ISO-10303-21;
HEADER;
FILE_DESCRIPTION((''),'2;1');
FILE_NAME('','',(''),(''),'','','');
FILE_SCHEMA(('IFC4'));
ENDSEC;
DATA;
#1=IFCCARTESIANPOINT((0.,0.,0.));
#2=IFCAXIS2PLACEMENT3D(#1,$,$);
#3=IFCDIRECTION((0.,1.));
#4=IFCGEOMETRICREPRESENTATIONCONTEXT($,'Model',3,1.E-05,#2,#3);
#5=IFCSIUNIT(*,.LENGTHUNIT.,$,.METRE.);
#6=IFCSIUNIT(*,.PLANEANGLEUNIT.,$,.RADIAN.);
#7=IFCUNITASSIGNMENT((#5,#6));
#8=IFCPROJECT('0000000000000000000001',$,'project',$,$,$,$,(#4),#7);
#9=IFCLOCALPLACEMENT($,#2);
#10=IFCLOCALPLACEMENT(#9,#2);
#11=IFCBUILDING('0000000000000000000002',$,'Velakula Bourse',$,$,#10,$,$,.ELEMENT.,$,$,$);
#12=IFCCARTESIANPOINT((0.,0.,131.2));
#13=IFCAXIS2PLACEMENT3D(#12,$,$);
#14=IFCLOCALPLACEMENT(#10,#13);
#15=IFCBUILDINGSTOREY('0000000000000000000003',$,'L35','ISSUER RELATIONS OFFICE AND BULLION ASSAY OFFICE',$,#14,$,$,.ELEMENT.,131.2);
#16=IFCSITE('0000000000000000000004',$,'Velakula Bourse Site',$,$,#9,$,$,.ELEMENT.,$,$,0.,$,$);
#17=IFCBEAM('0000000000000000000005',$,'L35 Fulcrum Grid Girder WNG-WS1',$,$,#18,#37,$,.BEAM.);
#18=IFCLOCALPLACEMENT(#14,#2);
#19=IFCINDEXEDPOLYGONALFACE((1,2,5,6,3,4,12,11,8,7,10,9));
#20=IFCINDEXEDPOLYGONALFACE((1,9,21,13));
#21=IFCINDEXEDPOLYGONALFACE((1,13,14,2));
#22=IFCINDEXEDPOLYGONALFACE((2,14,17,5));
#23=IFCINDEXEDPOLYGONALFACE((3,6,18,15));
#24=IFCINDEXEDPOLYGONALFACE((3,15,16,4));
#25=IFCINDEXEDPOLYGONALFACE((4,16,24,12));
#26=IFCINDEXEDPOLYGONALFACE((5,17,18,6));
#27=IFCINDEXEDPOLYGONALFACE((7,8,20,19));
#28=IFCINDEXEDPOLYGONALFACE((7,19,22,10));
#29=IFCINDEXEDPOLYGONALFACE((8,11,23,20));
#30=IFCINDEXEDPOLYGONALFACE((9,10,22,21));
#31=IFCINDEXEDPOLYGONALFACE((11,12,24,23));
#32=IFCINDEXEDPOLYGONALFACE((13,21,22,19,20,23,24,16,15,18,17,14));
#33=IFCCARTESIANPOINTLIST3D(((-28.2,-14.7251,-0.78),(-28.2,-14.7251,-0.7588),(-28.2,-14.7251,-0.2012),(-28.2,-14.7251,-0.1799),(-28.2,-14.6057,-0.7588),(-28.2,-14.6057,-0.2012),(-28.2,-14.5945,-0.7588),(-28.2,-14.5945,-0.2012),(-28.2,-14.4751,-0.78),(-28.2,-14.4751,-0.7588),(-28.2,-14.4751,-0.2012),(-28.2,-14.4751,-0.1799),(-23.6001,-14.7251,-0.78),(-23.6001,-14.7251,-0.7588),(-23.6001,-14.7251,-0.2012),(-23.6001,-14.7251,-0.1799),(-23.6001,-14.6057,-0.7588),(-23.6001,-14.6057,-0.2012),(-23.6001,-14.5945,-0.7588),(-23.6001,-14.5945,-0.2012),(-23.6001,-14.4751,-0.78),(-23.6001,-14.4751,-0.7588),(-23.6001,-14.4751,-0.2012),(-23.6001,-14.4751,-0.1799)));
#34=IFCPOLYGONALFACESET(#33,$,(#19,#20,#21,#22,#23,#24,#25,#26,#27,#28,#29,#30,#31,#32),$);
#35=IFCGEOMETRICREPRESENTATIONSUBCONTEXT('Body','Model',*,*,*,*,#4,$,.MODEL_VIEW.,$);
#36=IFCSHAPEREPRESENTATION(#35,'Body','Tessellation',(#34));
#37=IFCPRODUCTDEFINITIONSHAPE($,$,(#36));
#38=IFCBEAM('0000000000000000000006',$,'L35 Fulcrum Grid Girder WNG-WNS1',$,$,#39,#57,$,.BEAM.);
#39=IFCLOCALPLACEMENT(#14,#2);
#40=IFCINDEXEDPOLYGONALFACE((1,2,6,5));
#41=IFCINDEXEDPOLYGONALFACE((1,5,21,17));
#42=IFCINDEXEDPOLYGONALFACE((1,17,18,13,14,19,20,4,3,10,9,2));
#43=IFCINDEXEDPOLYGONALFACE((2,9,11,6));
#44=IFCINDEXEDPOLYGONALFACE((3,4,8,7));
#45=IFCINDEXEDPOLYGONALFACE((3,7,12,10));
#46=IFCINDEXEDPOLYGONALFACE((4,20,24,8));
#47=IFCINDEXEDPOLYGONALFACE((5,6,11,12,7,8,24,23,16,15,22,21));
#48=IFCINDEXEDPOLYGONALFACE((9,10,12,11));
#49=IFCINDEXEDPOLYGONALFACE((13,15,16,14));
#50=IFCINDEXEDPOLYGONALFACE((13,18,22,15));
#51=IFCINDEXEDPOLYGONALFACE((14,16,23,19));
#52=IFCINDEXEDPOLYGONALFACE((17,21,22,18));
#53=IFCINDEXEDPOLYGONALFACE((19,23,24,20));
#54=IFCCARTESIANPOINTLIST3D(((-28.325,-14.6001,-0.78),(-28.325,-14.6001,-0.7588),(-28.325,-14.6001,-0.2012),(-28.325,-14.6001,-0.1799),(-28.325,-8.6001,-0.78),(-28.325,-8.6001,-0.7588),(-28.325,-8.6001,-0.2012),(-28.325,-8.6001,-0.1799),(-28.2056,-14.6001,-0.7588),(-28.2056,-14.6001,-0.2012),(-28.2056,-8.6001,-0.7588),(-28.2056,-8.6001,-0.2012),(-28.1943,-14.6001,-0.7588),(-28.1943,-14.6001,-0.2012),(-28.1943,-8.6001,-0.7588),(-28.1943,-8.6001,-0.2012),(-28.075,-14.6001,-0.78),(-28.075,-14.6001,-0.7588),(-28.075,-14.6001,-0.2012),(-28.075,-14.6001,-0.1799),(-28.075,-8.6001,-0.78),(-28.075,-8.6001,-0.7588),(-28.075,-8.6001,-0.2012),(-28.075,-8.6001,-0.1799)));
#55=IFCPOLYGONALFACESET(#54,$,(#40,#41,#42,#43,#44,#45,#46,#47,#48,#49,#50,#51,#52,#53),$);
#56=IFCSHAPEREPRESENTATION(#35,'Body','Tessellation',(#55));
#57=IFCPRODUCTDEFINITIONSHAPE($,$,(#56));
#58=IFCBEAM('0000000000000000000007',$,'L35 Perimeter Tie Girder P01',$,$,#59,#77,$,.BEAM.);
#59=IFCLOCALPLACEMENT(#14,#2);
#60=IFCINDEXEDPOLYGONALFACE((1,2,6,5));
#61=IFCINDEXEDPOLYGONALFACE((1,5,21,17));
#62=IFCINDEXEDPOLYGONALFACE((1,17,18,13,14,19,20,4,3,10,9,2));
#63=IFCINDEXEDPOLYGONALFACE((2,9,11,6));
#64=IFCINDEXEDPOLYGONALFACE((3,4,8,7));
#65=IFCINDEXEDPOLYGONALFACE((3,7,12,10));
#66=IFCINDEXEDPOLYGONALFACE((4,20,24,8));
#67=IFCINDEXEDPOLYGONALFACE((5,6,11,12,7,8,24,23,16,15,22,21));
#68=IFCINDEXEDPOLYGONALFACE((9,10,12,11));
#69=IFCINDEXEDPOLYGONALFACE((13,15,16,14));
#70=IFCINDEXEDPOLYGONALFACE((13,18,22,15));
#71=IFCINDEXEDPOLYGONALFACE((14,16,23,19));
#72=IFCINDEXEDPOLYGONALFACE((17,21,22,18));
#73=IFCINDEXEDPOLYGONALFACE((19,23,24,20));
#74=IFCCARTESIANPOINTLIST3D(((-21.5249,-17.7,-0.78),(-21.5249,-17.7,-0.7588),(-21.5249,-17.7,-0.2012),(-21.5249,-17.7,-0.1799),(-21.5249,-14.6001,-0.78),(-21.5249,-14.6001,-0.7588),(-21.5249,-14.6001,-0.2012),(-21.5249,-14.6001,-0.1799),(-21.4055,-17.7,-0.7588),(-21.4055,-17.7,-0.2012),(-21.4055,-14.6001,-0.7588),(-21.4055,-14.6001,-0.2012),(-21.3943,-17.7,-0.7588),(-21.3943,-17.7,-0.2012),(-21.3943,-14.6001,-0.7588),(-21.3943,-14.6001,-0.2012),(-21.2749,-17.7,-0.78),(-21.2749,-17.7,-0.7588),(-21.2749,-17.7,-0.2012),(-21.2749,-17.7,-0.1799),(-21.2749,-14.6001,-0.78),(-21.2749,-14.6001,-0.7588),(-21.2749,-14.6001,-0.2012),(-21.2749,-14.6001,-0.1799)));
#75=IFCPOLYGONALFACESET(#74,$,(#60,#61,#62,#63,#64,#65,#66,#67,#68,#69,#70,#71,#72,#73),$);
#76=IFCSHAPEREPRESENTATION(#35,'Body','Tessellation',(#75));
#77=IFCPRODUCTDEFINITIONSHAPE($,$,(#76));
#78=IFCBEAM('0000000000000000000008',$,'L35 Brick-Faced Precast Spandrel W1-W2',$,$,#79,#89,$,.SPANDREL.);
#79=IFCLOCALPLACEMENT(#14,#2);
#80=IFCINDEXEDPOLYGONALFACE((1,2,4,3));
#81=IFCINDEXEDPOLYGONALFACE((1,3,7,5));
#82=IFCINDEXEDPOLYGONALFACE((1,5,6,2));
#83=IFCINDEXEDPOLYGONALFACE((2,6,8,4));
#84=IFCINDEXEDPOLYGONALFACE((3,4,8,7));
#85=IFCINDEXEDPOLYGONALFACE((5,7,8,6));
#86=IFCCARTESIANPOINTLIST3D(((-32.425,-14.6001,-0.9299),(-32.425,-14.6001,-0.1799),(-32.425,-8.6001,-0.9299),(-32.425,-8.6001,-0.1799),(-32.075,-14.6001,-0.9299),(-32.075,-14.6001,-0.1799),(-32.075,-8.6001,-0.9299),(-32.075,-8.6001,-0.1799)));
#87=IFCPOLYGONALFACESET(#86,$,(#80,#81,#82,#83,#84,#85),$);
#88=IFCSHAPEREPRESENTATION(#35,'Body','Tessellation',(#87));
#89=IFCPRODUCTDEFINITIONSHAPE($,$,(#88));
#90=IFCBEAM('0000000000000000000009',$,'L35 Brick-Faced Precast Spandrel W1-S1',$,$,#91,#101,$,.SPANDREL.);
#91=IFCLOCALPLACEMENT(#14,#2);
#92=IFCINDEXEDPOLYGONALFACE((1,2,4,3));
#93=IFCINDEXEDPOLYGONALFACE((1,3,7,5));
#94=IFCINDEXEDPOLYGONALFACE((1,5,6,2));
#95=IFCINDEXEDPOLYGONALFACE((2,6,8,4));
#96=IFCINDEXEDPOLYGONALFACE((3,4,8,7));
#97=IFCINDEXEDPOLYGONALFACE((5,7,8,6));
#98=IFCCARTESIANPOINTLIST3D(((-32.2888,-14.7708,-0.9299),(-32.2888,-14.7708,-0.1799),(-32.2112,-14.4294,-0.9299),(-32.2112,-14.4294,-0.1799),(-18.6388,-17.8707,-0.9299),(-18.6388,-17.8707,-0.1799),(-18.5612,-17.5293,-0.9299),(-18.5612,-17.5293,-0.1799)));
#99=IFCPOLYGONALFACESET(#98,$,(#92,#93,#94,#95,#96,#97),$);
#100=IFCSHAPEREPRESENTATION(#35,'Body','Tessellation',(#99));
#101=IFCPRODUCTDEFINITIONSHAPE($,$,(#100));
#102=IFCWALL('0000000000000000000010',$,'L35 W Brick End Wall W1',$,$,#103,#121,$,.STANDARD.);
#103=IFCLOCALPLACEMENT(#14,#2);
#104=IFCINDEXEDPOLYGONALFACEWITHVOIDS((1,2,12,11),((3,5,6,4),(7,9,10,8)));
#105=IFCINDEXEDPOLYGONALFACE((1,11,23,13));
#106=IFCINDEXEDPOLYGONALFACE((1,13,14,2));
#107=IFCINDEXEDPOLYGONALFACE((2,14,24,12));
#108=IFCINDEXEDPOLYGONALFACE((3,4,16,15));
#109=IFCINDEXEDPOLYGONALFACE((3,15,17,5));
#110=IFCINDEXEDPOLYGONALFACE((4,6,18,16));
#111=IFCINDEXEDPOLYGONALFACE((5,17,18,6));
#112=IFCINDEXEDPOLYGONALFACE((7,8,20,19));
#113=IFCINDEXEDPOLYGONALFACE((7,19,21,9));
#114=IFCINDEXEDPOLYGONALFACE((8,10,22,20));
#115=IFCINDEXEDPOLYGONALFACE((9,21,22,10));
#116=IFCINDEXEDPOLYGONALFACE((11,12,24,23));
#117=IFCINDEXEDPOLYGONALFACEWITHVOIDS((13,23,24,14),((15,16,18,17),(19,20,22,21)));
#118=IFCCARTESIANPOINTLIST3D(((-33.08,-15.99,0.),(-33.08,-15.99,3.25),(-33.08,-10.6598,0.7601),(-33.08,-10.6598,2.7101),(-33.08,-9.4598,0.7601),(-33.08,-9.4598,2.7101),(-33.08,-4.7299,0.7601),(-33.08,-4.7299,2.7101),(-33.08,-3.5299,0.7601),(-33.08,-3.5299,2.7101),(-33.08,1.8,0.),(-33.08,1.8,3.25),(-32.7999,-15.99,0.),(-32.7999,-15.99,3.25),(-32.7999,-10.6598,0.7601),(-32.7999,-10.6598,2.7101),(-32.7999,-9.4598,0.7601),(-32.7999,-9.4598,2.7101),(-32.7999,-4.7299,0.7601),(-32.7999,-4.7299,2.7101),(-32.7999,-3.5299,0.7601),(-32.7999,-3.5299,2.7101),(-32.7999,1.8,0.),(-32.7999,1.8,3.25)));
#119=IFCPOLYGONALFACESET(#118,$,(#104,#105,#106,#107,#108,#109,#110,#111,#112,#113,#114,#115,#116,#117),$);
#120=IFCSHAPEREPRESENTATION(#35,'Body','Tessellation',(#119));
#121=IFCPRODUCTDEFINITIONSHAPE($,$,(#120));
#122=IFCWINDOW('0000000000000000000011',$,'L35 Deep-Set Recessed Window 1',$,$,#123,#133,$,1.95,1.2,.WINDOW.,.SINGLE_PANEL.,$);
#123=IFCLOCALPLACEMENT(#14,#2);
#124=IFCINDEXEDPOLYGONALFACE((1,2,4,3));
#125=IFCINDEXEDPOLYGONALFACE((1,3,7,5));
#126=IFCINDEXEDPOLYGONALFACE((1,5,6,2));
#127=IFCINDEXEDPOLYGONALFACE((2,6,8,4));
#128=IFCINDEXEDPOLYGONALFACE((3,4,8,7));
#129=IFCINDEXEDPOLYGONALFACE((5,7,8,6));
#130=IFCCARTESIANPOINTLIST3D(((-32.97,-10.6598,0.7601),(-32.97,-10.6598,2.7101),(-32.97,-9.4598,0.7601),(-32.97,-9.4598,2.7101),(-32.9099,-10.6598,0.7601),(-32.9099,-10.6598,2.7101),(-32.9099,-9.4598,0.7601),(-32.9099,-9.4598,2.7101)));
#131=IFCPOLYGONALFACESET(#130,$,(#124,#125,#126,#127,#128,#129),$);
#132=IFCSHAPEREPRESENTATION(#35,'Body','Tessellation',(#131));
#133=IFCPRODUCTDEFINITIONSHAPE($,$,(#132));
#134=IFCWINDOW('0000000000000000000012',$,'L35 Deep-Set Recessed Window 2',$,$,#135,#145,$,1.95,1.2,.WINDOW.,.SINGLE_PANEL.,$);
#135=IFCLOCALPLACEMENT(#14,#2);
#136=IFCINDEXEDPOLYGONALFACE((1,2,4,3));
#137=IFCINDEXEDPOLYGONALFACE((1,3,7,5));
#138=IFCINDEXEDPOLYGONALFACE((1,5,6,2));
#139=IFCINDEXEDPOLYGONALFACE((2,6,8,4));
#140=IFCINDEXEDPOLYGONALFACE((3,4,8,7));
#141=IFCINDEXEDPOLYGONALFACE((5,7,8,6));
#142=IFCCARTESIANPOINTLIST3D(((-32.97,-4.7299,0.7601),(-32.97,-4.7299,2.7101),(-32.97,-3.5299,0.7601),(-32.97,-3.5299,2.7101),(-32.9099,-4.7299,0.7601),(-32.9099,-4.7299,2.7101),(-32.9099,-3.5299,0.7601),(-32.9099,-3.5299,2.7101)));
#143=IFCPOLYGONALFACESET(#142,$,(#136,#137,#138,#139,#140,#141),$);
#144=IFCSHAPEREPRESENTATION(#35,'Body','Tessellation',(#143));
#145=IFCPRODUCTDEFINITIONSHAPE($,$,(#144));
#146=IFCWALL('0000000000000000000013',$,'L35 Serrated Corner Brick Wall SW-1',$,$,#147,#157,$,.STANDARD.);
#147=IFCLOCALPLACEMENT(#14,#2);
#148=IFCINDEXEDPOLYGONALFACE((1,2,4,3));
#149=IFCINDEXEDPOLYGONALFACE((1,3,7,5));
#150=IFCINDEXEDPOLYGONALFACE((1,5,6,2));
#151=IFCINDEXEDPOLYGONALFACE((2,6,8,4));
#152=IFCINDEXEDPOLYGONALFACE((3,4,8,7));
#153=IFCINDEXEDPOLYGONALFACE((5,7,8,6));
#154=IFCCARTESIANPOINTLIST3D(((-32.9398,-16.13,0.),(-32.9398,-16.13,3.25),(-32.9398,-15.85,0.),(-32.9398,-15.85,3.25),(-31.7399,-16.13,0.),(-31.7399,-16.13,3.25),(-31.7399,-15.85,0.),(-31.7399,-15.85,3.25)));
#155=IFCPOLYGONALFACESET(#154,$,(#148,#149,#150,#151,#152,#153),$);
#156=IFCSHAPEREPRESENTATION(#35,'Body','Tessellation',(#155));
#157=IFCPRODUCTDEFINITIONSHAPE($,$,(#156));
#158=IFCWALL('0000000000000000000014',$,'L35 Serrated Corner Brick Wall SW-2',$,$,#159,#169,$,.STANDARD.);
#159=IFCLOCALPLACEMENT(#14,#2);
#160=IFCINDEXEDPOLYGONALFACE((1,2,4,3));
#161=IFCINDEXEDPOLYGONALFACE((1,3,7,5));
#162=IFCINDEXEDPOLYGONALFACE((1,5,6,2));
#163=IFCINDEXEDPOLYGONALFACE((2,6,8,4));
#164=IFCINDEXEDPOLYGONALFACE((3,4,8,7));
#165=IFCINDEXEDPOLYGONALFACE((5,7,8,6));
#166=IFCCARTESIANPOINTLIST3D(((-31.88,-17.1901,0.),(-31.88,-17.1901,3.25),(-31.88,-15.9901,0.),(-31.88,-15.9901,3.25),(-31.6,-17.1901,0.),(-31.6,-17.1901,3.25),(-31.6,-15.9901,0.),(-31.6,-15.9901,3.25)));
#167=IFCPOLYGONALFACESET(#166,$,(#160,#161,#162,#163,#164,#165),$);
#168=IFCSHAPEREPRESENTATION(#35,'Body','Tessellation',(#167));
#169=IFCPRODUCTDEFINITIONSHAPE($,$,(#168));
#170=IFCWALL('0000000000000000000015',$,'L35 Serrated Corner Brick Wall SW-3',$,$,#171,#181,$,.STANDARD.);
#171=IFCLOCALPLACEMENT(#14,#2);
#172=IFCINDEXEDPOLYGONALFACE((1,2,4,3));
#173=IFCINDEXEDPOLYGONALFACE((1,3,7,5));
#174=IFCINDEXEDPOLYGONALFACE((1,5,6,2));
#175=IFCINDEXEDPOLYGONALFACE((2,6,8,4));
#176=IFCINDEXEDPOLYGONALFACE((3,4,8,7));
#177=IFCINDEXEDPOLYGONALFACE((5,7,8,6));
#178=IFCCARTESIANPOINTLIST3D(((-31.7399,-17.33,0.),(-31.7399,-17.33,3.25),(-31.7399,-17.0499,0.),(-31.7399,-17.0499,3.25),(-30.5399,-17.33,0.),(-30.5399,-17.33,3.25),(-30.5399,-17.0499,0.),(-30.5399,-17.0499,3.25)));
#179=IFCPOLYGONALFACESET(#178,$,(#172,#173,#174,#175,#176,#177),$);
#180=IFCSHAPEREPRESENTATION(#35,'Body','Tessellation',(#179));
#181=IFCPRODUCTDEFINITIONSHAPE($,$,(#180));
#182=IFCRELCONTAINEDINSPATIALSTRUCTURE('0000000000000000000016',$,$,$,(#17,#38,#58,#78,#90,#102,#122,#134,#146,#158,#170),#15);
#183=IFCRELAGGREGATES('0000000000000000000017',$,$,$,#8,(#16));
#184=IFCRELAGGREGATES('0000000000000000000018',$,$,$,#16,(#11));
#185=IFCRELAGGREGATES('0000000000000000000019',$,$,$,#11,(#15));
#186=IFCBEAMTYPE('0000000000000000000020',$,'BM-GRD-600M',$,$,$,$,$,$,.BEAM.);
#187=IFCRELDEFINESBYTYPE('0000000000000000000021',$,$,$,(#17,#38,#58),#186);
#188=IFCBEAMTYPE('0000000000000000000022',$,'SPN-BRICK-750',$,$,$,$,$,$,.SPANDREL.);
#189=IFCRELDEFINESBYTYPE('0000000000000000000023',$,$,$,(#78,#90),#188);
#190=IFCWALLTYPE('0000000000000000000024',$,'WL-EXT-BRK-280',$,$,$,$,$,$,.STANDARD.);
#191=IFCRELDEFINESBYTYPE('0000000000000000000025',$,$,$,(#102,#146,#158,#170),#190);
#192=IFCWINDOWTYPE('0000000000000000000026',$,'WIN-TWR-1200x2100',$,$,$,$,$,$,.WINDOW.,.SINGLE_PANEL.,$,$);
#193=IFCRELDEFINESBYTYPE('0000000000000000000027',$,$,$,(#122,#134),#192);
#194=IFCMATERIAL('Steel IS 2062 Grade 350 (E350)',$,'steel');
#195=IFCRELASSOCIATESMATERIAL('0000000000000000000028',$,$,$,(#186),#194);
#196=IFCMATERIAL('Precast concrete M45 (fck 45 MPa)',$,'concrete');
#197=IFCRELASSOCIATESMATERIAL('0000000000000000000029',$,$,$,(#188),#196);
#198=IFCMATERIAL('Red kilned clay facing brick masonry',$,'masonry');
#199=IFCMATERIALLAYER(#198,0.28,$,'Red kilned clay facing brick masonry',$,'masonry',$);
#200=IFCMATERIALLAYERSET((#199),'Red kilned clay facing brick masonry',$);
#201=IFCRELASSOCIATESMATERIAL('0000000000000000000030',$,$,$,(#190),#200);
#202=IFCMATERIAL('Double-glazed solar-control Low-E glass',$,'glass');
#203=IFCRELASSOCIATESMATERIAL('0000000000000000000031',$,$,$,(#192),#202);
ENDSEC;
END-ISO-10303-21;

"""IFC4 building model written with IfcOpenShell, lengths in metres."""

from ifc_helpers import new_model, si_unit, direction, frame, frame_2d, origin, origin_2d, place, context, subcontext, project, spatial, rectangle, i_section, extrude, material, layer, layer_set, material_profile, profile_set, type_object, element, fill, save


model = new_model("IFC4")

# Units and contexts
model_context = context("Model", 3, precision=1e-05, world=origin(), true_north=direction((0.0, 1.0)))
body_context = subcontext(model_context, "Body", "Model", "MODEL_VIEW")
ifc_project = project(units=[si_unit("LENGTHUNIT", "METRE"), si_unit("PLANEANGLEUNIT", "RADIAN")], contexts=[model_context])

# Site, building, storey
site_placement = place(None, origin())
site = spatial("IfcSite", under=ifc_project, at=site_placement, Name="Velakula Bourse Site", CompositionType="ELEMENT", RefElevation=0.0)
building_placement = place(site_placement, origin())
building = spatial("IfcBuilding", under=site, at=building_placement, Name="Velakula Bourse", CompositionType="ELEMENT")
storey_placement = place(building_placement, frame((0.0, 0.0, 131.2)))
storey = spatial("IfcBuildingStorey", under=building, at=storey_placement, Name="L35", Description="ISSUER RELATIONS OFFICE AND BULLION ASSAY OFFICE", CompositionType="ELEMENT", Elevation=131.2)

# Shared definitions
ifc_material_1 = material(Name="Steel IS 2062 Grade 350 (E350)", Category="steel")
ifc_material_2 = material(Name="Precast concrete M45 (fck 45 MPa)", Category="concrete")

# Beams
ifc_material_profile_1 = material_profile(ifc_material_1, i_section(OverallWidth=0.25, OverallDepth=0.6001, WebThickness=0.0112, FlangeThickness=0.0212, at=origin_2d()), Name="Steel IS 2062 Grade 350 (E350)")
ifc_profile_set_1 = profile_set([ifc_material_profile_1], Name="Steel IS 2062 Grade 350 (E350)")
beam_type_1 = type_object("IfcBeamType", Name="BM-GRD-600M", PredefinedType="BEAM", material=ifc_profile_set_1)
beam_1_placement = place(storey_placement, frame((-28.2, -14.6001, -0.48), z_axis=(1.0, 0.0, 0.0), x_axis=(0.0, 1.0, 0.0)))
element("IfcBeam", 1, at=beam_1_placement, inside=storey, type_object=beam_type_1, Name="L35 Fulcrum Grid Girder WNG-WS1", PredefinedType="BEAM", context=body_context, shape_type="SweptSolid", body=[
    extrude(i_section(OverallWidth=0.25, OverallDepth=0.6001, WebThickness=0.0112, FlangeThickness=0.0212, at=origin_2d()), origin(), (0.0, 0.0, 1.0), 4.5999),
])
beam_2_placement = place(storey_placement, frame((-28.2, -14.6001, -0.48), z_axis=(0.0, 1.0, 0.0), x_axis=(-1.0, 0.0, 0.0)))
element("IfcBeam", 2, at=beam_2_placement, inside=storey, type_object=beam_type_1, Name="L35 Fulcrum Grid Girder WNG-WNS1", PredefinedType="BEAM", context=body_context, shape_type="SweptSolid", body=[
    extrude(i_section(OverallWidth=0.25, OverallDepth=0.6001, WebThickness=0.0112, FlangeThickness=0.0212, at=origin_2d()), origin(), (0.0, 0.0, 1.0), 6.0),
])
beam_3_placement = place(storey_placement, frame((-21.3999, -14.6001, -0.48), z_axis=(0.0, -1.0, 0.0), x_axis=(1.0, 0.0, 0.0)))
element("IfcBeam", 3, at=beam_3_placement, inside=storey, type_object=beam_type_1, Name="L35 Perimeter Tie Girder P01", PredefinedType="BEAM", context=body_context, shape_type="SweptSolid", body=[
    extrude(i_section(OverallWidth=0.25, OverallDepth=0.6001, WebThickness=0.0112, FlangeThickness=0.0212, at=origin_2d()), origin(), (0.0, 0.0, 1.0), 3.0999),
])
ifc_material_profile_2 = material_profile(ifc_material_2, rectangle(XDim=0.3501, YDim=0.75, at=origin_2d()), Name="Precast concrete M45 (fck 45 MPa)")
ifc_profile_set_2 = profile_set([ifc_material_profile_2], Name="Precast concrete M45 (fck 45 MPa)")
beam_type_2 = type_object("IfcBeamType", Name="SPN-BRICK-750", PredefinedType="SPANDREL", material=ifc_profile_set_2)
beam_4_placement = place(storey_placement, frame((-32.25, -14.6001, -0.5549), z_axis=(0.0, 1.0, 0.0), x_axis=(-1.0, 0.0, 0.0)))
element("IfcBeam", 4, at=beam_4_placement, inside=storey, type_object=beam_type_2, Name="L35 Brick-Faced Precast Spandrel W1-W2", PredefinedType="SPANDREL", context=body_context, shape_type="SweptSolid", body=[
    extrude(rectangle(XDim=0.3501, YDim=0.75, at=origin_2d()), origin(), (0.0, 0.0, 1.0), 6.0),
])
beam_5_placement = place(storey_placement, frame((-32.25, -14.6001, -0.5549), z_axis=(0.97517, -0.221458, 0.0), x_axis=(0.221458, 0.97517, 0.0)))
element("IfcBeam", 5, at=beam_5_placement, inside=storey, type_object=beam_type_2, Name="L35 Brick-Faced Precast Spandrel W1-S1", PredefinedType="SPANDREL", context=body_context, shape_type="SweptSolid", body=[
    extrude(rectangle(XDim=0.3501, YDim=0.75, at=origin_2d()), origin(), (0.0, 0.0, 1.0), 13.9976),
])

# Wall, openings, windows
ifc_material_3 = material(Name="Red kilned clay facing brick masonry", Category="masonry")
ifc_layer_1 = layer(ifc_material_3, 0.28, Name="Red kilned clay facing brick masonry", Category="masonry")
ifc_layer_set_1 = layer_set([ifc_layer_1], Name="Red kilned clay facing brick masonry")
wall_type_1 = type_object("IfcWallType", Name="WL-EXT-BRK-280", PredefinedType="STANDARD", material=ifc_layer_set_1)
wall_1_placement = place(storey_placement, frame((-32.9399, -15.99, 0.0), z_axis=(0.0, 0.0, 1.0), x_axis=(0.0, 1.0, 0.0)))
wall_1 = element("IfcWall", 6, at=wall_1_placement, inside=storey, type_object=wall_type_1, Name="L35 W Brick End Wall W1", PredefinedType="STANDARD", context=body_context, shape_type="SweptSolid", body=[
    extrude(rectangle(XDim=17.79, YDim=0.28, at=frame_2d((8.895, 0.0))), origin(), (0.0, 0.0, 1.0), 3.25),
])
opening_1_placement = place(wall_1_placement, frame((5.3301, 0.0, 0.76)))
opening_1 = element("IfcOpeningElement", 7, at=opening_1_placement, cuts=wall_1, PredefinedType="OPENING", context=body_context, shape_type="SweptSolid", body=[
    extrude(rectangle(XDim=1.2, YDim=1.95, at=frame_2d((0.6001, 0.9751))), frame((0.0, 0.1499, 0.0), z_axis=(0.0, -1.0, 0.0), x_axis=(1.0, 0.0, 0.0)), (0.0, 0.0, 1.0), 0.3),
])
opening_2_placement = place(wall_1_placement, frame((11.26, 0.0, 0.76)))
opening_2 = element("IfcOpeningElement", 8, at=opening_2_placement, cuts=wall_1, PredefinedType="OPENING", context=body_context, shape_type="SweptSolid", body=[
    extrude(rectangle(XDim=1.2, YDim=1.95, at=frame_2d((0.6001, 0.9751))), frame((0.0, 0.1499, 0.0), z_axis=(0.0, -1.0, 0.0), x_axis=(1.0, 0.0, 0.0)), (0.0, 0.0, 1.0), 0.3),
])
ifc_material_4 = material(Name="Double-glazed solar-control Low-E glass", Category="glass")
window_type = type_object("IfcWindowType", Name="WIN-TWR-1200x2100", PartitioningType="SINGLE_PANEL", PredefinedType="WINDOW", material=ifc_material_4)
window_1_placement = place(opening_1_placement, origin())
window_1 = element("IfcWindow", 9, at=window_1_placement, inside=storey, type_object=window_type, Name="L35 Deep-Set Recessed Window 1", OverallHeight=1.95, OverallWidth=1.2, PartitioningType="SINGLE_PANEL", PredefinedType="WINDOW", context=body_context, shape_type="SweptSolid", body=[
    extrude(rectangle(XDim=1.2, YDim=1.95, at=frame_2d((0.6001, 0.9751))), frame((0.0, 0.03, 0.0), z_axis=(0.0, -1.0, 0.0), x_axis=(1.0, 0.0, 0.0)), (0.0, 0.0, 1.0), 0.0601),
])
fill(opening_1, window_1)
window_2_placement = place(opening_2_placement, origin())
window_2 = element("IfcWindow", 10, at=window_2_placement, inside=storey, type_object=window_type, Name="L35 Deep-Set Recessed Window 2", OverallHeight=1.95, OverallWidth=1.2, PartitioningType="SINGLE_PANEL", PredefinedType="WINDOW", context=body_context, shape_type="SweptSolid", body=[
    extrude(rectangle(XDim=1.2, YDim=1.95, at=frame_2d((0.6001, 0.9751))), frame((0.0, 0.03, 0.0), z_axis=(0.0, -1.0, 0.0), x_axis=(1.0, 0.0, 0.0)), (0.0, 0.0, 1.0), 0.0601),
])
fill(opening_2, window_2)

# Walls
for number, where, z_axis, x_axis, name in (
    (11, (-32.9399, -15.99, 0.0), (0.0, 0.0, 1.0), (1.0, 0.0, 0.0), "L35 Serrated Corner Brick Wall SW-1"),
    (12, (-31.74, -15.99, 0.0), (0.0, 0.0, 1.0), (0.0, -1.0, 0.0), "L35 Serrated Corner Brick Wall SW-2"),
    (13, (-31.74, -17.1899, 0.0), (0.0, 0.0, 1.0), (1.0, 0.0, 0.0), "L35 Serrated Corner Brick Wall SW-3"),
):
    element("IfcWall", number, at=place(storey_placement, frame(where, z_axis=z_axis, x_axis=x_axis)), inside=storey, type_object=wall_type_1, Name=name, PredefinedType="STANDARD", context=body_context, shape_type="SweptSolid", body=[
        extrude(rectangle(XDim=1.2, YDim=0.28, at=frame_2d((0.6001, 0.0))), origin(), (0.0, 0.0, 1.0), 3.25),
    ])

save(model, "model.ifc")
